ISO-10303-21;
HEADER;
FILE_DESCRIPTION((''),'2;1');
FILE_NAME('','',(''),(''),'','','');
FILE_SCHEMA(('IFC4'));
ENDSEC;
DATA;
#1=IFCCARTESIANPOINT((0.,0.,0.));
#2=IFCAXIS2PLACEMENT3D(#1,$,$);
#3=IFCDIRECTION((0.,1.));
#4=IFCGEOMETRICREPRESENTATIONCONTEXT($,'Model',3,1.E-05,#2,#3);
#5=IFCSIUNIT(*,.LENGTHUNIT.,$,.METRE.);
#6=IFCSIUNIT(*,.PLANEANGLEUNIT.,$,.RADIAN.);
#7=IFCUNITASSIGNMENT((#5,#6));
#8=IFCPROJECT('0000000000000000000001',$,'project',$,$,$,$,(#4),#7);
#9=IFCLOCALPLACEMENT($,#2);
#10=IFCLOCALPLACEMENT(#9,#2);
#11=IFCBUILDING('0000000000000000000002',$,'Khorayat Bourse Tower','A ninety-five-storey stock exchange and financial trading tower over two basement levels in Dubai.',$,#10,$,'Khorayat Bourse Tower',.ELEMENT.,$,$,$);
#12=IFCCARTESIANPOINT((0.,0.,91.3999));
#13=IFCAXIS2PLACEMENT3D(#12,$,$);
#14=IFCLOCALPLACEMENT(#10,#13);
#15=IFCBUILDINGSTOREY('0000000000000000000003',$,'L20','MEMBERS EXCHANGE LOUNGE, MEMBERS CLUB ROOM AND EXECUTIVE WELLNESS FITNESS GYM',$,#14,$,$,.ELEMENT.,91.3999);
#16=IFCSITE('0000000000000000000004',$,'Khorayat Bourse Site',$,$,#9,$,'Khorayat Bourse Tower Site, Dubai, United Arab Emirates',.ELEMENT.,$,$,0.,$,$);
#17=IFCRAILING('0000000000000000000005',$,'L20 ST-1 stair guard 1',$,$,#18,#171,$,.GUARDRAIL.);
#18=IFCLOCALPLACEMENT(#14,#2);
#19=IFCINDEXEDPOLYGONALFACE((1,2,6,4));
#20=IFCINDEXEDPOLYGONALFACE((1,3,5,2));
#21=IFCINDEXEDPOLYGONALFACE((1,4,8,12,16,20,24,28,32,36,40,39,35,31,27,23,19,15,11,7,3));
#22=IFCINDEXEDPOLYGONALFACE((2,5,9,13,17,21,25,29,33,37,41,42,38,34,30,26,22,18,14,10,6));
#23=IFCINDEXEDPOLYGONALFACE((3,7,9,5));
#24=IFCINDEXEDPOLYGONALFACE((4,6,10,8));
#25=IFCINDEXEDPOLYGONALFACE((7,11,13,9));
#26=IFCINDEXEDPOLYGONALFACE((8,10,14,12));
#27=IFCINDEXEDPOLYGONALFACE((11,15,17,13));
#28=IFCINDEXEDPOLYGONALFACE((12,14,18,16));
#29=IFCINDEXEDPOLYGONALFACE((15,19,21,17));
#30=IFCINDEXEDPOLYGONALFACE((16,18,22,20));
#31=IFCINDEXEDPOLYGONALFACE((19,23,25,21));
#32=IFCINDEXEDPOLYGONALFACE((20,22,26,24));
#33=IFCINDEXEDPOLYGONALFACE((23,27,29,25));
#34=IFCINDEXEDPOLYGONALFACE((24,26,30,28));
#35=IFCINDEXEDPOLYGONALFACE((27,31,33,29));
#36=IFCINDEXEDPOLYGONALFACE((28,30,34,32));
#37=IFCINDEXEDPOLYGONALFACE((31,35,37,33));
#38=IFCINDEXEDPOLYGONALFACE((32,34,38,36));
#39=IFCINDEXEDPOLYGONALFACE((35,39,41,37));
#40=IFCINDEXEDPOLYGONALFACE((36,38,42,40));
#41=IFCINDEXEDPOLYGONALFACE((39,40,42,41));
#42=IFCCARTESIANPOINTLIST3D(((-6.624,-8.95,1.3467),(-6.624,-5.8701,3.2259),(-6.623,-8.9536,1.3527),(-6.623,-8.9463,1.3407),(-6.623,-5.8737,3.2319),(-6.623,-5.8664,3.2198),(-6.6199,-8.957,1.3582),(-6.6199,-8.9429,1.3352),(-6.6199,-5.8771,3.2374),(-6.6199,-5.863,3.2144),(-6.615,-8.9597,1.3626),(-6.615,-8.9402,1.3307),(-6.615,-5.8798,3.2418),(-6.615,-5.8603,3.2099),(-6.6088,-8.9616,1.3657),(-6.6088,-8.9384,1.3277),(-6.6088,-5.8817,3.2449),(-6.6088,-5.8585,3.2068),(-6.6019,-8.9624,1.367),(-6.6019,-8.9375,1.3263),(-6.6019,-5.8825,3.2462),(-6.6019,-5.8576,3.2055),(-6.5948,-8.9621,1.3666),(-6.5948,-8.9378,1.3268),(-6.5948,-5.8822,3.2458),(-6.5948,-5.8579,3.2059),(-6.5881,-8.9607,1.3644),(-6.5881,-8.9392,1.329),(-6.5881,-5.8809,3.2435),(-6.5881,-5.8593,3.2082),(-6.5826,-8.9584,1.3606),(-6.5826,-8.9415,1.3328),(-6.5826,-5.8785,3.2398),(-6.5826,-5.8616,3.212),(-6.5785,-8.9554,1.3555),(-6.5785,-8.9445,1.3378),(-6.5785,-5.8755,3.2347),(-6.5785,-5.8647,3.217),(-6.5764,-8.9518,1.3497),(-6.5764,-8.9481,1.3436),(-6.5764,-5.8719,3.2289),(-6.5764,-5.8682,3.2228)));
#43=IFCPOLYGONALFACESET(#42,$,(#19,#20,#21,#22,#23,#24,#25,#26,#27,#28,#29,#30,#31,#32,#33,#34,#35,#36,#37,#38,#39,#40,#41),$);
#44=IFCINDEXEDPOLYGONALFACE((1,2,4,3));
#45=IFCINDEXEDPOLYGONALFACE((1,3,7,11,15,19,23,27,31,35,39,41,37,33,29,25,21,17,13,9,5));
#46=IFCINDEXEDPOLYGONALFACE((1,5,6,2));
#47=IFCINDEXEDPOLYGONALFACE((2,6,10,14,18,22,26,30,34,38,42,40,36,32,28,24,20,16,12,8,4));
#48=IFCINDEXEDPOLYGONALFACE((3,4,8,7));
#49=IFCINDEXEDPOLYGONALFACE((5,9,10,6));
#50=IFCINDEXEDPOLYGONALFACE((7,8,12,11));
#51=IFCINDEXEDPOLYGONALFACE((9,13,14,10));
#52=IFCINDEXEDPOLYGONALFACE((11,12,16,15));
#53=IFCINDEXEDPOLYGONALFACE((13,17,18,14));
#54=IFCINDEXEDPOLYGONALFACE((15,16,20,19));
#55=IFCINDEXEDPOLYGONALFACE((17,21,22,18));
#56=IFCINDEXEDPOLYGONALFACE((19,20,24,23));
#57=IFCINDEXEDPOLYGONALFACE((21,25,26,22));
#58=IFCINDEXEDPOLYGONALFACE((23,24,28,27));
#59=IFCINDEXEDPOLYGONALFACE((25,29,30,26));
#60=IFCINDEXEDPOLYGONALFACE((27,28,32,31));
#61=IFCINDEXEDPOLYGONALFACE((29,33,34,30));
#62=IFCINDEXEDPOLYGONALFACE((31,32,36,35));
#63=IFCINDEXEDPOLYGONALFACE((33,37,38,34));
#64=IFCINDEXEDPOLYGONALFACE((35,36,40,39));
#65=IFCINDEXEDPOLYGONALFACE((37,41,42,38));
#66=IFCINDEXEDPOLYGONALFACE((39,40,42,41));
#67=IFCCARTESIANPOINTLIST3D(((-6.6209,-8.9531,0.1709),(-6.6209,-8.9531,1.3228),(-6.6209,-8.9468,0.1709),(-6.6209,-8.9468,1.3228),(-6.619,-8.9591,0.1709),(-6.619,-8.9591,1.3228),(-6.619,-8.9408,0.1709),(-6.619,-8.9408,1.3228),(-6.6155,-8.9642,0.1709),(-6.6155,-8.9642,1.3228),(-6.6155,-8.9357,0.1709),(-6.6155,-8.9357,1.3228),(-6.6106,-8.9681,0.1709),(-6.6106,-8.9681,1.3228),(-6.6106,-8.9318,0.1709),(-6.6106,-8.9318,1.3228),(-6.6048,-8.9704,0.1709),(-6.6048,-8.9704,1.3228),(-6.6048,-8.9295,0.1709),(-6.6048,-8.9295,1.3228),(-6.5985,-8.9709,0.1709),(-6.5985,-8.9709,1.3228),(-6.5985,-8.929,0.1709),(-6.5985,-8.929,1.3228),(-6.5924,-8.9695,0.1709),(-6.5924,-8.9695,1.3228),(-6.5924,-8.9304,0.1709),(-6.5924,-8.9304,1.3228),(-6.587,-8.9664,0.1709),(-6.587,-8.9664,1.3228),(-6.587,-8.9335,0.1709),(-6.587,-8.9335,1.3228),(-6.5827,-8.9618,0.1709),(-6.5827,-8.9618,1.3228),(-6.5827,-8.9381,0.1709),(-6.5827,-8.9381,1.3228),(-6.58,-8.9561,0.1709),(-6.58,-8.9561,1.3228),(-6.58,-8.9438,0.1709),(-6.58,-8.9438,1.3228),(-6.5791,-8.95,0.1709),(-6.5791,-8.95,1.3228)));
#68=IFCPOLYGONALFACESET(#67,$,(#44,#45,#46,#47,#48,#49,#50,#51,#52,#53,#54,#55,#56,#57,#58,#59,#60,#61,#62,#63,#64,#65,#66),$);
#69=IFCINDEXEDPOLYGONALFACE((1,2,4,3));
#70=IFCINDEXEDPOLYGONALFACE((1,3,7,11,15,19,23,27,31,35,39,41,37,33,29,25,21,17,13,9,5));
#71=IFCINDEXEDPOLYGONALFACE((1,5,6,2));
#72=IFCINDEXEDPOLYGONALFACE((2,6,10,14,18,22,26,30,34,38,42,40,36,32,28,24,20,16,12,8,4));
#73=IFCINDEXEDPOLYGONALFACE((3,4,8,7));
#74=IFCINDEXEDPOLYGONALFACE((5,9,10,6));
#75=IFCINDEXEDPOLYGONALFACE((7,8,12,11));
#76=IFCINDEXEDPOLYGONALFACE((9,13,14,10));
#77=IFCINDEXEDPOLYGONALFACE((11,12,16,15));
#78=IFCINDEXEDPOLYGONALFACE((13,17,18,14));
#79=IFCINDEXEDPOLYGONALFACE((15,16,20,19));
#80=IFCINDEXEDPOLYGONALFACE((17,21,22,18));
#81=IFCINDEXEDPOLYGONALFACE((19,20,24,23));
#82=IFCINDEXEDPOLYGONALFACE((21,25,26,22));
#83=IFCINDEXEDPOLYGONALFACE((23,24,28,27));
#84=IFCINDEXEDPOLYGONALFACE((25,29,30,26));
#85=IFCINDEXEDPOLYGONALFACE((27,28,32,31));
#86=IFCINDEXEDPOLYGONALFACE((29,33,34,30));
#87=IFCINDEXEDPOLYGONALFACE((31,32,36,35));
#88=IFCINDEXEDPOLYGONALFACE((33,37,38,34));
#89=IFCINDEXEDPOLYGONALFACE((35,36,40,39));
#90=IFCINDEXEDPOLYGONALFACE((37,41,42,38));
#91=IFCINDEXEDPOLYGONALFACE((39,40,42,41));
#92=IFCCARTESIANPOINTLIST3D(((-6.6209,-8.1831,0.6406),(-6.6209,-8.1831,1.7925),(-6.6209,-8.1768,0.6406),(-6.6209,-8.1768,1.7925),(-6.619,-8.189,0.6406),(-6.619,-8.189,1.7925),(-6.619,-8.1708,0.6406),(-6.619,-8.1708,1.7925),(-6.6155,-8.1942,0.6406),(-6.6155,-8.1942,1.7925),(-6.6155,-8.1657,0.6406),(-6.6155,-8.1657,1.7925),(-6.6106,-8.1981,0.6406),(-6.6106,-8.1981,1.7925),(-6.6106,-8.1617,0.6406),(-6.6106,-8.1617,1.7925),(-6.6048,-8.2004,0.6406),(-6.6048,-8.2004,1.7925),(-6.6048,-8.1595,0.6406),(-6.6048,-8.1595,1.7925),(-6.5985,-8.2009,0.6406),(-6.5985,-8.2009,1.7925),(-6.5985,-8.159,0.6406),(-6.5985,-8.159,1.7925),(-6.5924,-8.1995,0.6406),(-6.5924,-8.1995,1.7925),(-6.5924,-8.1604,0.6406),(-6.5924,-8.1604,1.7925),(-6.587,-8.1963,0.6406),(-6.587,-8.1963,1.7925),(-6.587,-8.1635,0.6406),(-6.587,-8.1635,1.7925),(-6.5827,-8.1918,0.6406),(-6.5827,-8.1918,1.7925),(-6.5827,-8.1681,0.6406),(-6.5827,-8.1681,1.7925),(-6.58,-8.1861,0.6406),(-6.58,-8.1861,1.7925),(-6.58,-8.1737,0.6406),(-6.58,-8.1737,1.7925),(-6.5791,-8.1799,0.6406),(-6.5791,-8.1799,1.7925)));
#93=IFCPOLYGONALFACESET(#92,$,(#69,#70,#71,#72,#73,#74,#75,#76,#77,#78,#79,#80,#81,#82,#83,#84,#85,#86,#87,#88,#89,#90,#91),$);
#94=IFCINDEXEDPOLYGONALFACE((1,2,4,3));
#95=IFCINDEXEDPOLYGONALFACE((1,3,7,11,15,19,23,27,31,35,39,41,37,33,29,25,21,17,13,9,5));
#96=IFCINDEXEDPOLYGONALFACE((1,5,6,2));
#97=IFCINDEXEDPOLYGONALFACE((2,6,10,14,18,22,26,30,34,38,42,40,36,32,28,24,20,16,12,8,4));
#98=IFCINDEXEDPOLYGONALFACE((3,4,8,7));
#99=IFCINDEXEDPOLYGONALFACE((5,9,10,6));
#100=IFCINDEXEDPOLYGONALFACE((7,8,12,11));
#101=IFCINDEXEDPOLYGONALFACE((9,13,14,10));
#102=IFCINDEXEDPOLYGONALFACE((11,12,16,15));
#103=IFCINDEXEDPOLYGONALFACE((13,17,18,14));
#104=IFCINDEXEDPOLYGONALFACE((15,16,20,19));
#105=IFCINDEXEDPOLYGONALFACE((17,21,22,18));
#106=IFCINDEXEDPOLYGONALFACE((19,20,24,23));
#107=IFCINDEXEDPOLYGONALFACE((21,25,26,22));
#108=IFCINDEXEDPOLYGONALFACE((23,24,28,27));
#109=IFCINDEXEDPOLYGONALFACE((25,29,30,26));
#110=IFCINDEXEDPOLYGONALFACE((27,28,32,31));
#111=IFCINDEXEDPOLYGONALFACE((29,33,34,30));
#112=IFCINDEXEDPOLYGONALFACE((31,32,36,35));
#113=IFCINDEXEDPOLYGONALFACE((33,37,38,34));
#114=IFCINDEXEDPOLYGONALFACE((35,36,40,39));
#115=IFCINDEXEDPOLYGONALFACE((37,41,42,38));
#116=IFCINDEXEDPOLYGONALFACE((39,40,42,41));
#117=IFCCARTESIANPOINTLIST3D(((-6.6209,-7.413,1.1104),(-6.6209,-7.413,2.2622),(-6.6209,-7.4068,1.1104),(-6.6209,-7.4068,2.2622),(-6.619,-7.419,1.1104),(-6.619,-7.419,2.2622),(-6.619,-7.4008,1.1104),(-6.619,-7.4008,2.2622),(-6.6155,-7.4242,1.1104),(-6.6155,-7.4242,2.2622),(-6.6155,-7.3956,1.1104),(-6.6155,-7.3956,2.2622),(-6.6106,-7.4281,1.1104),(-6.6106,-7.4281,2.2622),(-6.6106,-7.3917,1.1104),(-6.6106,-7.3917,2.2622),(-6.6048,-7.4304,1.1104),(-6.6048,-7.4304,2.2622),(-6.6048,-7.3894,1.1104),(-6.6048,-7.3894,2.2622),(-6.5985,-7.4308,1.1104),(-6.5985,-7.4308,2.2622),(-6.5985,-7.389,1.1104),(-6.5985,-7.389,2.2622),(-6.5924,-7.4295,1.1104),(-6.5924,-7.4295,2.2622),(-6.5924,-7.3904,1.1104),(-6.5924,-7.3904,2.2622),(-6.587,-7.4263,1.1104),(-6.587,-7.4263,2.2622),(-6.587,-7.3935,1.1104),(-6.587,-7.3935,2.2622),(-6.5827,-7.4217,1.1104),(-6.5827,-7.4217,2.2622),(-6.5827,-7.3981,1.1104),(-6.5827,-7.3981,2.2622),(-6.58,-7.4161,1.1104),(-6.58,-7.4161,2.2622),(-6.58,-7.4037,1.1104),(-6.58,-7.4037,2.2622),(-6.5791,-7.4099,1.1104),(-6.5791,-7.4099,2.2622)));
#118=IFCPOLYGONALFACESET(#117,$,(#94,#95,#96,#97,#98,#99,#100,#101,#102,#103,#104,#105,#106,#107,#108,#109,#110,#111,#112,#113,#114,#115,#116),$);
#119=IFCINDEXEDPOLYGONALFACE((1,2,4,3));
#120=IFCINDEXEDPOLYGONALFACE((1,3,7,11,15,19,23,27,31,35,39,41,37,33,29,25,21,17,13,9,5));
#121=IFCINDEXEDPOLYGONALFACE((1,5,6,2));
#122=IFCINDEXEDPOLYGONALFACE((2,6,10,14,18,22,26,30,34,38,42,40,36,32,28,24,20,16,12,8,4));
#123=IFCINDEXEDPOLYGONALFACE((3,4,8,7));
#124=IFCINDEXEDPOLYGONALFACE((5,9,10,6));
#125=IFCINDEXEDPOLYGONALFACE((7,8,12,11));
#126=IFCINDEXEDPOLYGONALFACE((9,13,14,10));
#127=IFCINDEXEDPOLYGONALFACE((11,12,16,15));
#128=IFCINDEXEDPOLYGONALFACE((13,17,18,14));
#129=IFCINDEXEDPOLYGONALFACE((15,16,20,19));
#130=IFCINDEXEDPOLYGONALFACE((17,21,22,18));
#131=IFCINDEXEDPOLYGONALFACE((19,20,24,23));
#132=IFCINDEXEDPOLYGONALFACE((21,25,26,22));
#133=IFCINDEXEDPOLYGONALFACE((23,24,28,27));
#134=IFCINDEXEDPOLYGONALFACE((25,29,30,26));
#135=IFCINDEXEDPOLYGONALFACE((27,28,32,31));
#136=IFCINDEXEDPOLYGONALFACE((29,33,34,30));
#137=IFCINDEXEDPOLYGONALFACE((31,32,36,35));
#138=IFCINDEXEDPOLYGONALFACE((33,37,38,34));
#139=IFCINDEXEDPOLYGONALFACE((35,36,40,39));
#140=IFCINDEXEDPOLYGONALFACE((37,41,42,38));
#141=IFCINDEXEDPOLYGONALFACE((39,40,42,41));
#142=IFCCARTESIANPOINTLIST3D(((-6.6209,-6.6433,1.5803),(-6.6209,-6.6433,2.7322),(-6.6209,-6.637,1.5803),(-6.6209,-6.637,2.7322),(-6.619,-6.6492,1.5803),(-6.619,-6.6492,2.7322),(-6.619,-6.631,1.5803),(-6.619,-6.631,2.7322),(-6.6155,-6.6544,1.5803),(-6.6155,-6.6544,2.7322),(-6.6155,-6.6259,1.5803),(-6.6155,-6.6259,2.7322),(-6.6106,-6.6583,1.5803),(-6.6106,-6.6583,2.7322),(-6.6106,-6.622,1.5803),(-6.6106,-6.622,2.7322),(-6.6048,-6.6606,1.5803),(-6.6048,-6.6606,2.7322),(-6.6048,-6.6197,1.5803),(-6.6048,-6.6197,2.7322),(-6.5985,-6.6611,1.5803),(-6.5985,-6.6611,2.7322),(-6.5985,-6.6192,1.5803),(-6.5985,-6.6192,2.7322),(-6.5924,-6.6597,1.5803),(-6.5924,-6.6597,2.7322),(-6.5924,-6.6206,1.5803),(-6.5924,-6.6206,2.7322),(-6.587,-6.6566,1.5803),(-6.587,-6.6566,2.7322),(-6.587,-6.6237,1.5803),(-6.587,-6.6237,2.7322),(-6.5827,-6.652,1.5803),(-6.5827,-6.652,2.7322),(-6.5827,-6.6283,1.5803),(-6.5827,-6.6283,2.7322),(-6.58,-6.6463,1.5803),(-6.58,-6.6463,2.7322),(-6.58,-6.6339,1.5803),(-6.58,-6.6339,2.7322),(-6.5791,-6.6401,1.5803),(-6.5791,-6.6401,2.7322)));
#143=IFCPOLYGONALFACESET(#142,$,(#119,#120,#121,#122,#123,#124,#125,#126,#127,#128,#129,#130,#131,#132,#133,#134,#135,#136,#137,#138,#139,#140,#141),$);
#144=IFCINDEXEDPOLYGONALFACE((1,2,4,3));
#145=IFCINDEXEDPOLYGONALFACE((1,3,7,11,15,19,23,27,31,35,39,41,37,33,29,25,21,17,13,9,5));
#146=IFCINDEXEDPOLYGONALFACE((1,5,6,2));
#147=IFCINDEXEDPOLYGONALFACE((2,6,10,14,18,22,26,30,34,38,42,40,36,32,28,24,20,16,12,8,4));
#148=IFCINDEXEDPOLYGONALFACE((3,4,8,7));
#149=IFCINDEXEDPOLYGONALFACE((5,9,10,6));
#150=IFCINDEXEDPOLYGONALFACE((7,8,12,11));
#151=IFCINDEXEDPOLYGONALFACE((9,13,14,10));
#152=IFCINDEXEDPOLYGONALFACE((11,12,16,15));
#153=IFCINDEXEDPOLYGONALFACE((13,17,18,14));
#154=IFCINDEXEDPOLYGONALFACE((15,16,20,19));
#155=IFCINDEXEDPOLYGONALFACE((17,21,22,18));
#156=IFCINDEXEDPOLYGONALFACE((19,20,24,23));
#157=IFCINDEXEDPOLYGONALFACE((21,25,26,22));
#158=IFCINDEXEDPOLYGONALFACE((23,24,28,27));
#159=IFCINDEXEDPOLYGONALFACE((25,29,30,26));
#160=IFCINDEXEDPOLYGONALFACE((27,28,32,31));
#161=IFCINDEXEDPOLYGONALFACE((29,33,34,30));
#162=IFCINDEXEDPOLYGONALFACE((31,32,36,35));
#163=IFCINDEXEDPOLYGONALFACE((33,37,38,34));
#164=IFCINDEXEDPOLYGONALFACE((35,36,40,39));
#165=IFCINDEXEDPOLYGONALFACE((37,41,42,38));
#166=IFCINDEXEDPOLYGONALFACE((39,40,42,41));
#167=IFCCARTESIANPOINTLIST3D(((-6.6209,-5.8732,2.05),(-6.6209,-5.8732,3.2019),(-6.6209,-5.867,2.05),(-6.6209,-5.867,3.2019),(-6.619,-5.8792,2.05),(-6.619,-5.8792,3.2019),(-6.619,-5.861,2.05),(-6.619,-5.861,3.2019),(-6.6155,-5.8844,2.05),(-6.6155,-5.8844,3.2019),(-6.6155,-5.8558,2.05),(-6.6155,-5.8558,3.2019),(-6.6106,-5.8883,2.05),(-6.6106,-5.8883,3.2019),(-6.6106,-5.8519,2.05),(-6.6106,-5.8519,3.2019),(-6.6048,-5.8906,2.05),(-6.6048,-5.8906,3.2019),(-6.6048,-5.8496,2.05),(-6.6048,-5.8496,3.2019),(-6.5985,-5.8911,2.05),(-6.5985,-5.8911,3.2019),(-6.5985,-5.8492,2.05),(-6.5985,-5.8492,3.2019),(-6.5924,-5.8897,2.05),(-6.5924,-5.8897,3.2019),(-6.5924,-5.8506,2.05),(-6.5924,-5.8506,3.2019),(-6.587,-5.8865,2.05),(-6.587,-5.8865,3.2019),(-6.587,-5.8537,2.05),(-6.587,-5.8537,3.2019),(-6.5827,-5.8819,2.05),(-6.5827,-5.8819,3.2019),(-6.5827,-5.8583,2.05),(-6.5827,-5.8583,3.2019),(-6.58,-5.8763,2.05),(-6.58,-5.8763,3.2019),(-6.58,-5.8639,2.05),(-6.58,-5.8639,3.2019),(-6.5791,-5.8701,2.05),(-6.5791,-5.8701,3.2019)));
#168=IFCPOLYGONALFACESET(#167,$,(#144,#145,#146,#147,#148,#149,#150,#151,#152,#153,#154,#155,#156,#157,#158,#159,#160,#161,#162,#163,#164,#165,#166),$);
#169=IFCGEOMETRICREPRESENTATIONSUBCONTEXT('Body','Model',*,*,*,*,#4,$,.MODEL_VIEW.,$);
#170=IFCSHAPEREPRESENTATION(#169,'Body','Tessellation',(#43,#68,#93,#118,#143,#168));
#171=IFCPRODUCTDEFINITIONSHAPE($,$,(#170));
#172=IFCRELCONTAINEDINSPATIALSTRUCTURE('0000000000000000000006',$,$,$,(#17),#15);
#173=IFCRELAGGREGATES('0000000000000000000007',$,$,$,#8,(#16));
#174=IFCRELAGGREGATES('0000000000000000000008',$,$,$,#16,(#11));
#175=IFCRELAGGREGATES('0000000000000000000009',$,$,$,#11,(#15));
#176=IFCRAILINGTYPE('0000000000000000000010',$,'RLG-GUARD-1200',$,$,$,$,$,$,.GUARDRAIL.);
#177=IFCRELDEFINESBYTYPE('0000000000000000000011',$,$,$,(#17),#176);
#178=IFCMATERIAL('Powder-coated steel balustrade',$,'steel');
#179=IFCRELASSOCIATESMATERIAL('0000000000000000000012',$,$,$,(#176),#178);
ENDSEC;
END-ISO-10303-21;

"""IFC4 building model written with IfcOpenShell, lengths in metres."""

from ifc_helpers import new_model, si_unit, direction, frame, origin, origin_2d, place, context, subcontext, project, spatial, circle, extrude, source, transform, mapped, material, type_object, element, save


model = new_model("IFC4")

# Units and contexts
model_context = context("Model", 3, precision=1e-05, world=origin(), true_north=direction((0.0, 1.0)))
body_context = subcontext(model_context, "Body", "Model", "MODEL_VIEW")
ifc_project = project(units=[si_unit("LENGTHUNIT", "METRE"), si_unit("PLANEANGLEUNIT", "RADIAN")], contexts=[model_context])

# Site, building, storey
site_placement = place(None, origin())
site = spatial("IfcSite", under=ifc_project, at=site_placement, Name="Khorayat Bourse Site", LongName="Khorayat Bourse Tower Site, Dubai, United Arab Emirates", CompositionType="ELEMENT", RefElevation=0.0)
building_placement = place(site_placement, origin())
building = spatial("IfcBuilding", under=site, at=building_placement, Name="Khorayat Bourse Tower", Description="A ninety-five-storey stock exchange and financial trading tower over two basement levels in Dubai.", LongName="Khorayat Bourse Tower", CompositionType="ELEMENT")
storey_placement = place(building_placement, frame((0.0, 0.0, 91.3999)))
storey = spatial("IfcBuildingStorey", under=building, at=storey_placement, Name="L20", Description="MEMBERS EXCHANGE LOUNGE, MEMBERS CLUB ROOM AND EXECUTIVE WELLNESS FITNESS GYM", CompositionType="ELEMENT", Elevation=91.3999)

# Railing
ifc_material_1 = material(Name="Powder-coated steel balustrade", Category="steel")
railing_type_1 = type_object("IfcRailingType", Name="RLG-GUARD-1200", PredefinedType="GUARDRAIL", material=ifc_material_1)
shared_shape_1 = source(origin(), body_context, "Body", "SweptSolid", [
    extrude(circle(Radius=0.0239, at=origin_2d()), frame((0.0, 0.0, 1.1758), z_axis=(0.0, 0.853648, 0.52085), x_axis=(-1.0, 0.0, 0.0)), (0.0, 0.0, 1.0), 3.6079),
    extrude(circle(Radius=0.021, at=origin_2d()), origin(), (0.0, 0.0, 1.0), 1.1519),
    extrude(circle(Radius=0.021, at=origin_2d()), frame((0.0, 0.77, 0.4697)), (0.0, 0.0, 1.0), 1.1519),
    extrude(circle(Radius=0.021, at=origin_2d()), frame((0.0, 1.54, 0.9395)), (0.0, 0.0, 1.0), 1.1519),
    extrude(circle(Radius=0.021, at=origin_2d()), frame((0.0, 2.3098, 1.4094)), (0.0, 0.0, 1.0), 1.1519),
    extrude(circle(Radius=0.021, at=origin_2d()), frame((0.0, 3.0798, 1.8792)), (0.0, 0.0, 1.0), 1.1519),
])
railing_1_placement = place(storey_placement, frame((-6.6001, -8.95, 0.1709)))
element("IfcRailing", 1, at=railing_1_placement, inside=storey, type_object=railing_type_1, Name="L20 ST-1 stair guard 1", PredefinedType="GUARDRAIL", context=body_context, shape_type="MappedRepresentation", body=[
    mapped(shared_shape_1, transform((0.0, 0.0, 0.0), scale=1.0)),
])

save(model, "model.ifc")
